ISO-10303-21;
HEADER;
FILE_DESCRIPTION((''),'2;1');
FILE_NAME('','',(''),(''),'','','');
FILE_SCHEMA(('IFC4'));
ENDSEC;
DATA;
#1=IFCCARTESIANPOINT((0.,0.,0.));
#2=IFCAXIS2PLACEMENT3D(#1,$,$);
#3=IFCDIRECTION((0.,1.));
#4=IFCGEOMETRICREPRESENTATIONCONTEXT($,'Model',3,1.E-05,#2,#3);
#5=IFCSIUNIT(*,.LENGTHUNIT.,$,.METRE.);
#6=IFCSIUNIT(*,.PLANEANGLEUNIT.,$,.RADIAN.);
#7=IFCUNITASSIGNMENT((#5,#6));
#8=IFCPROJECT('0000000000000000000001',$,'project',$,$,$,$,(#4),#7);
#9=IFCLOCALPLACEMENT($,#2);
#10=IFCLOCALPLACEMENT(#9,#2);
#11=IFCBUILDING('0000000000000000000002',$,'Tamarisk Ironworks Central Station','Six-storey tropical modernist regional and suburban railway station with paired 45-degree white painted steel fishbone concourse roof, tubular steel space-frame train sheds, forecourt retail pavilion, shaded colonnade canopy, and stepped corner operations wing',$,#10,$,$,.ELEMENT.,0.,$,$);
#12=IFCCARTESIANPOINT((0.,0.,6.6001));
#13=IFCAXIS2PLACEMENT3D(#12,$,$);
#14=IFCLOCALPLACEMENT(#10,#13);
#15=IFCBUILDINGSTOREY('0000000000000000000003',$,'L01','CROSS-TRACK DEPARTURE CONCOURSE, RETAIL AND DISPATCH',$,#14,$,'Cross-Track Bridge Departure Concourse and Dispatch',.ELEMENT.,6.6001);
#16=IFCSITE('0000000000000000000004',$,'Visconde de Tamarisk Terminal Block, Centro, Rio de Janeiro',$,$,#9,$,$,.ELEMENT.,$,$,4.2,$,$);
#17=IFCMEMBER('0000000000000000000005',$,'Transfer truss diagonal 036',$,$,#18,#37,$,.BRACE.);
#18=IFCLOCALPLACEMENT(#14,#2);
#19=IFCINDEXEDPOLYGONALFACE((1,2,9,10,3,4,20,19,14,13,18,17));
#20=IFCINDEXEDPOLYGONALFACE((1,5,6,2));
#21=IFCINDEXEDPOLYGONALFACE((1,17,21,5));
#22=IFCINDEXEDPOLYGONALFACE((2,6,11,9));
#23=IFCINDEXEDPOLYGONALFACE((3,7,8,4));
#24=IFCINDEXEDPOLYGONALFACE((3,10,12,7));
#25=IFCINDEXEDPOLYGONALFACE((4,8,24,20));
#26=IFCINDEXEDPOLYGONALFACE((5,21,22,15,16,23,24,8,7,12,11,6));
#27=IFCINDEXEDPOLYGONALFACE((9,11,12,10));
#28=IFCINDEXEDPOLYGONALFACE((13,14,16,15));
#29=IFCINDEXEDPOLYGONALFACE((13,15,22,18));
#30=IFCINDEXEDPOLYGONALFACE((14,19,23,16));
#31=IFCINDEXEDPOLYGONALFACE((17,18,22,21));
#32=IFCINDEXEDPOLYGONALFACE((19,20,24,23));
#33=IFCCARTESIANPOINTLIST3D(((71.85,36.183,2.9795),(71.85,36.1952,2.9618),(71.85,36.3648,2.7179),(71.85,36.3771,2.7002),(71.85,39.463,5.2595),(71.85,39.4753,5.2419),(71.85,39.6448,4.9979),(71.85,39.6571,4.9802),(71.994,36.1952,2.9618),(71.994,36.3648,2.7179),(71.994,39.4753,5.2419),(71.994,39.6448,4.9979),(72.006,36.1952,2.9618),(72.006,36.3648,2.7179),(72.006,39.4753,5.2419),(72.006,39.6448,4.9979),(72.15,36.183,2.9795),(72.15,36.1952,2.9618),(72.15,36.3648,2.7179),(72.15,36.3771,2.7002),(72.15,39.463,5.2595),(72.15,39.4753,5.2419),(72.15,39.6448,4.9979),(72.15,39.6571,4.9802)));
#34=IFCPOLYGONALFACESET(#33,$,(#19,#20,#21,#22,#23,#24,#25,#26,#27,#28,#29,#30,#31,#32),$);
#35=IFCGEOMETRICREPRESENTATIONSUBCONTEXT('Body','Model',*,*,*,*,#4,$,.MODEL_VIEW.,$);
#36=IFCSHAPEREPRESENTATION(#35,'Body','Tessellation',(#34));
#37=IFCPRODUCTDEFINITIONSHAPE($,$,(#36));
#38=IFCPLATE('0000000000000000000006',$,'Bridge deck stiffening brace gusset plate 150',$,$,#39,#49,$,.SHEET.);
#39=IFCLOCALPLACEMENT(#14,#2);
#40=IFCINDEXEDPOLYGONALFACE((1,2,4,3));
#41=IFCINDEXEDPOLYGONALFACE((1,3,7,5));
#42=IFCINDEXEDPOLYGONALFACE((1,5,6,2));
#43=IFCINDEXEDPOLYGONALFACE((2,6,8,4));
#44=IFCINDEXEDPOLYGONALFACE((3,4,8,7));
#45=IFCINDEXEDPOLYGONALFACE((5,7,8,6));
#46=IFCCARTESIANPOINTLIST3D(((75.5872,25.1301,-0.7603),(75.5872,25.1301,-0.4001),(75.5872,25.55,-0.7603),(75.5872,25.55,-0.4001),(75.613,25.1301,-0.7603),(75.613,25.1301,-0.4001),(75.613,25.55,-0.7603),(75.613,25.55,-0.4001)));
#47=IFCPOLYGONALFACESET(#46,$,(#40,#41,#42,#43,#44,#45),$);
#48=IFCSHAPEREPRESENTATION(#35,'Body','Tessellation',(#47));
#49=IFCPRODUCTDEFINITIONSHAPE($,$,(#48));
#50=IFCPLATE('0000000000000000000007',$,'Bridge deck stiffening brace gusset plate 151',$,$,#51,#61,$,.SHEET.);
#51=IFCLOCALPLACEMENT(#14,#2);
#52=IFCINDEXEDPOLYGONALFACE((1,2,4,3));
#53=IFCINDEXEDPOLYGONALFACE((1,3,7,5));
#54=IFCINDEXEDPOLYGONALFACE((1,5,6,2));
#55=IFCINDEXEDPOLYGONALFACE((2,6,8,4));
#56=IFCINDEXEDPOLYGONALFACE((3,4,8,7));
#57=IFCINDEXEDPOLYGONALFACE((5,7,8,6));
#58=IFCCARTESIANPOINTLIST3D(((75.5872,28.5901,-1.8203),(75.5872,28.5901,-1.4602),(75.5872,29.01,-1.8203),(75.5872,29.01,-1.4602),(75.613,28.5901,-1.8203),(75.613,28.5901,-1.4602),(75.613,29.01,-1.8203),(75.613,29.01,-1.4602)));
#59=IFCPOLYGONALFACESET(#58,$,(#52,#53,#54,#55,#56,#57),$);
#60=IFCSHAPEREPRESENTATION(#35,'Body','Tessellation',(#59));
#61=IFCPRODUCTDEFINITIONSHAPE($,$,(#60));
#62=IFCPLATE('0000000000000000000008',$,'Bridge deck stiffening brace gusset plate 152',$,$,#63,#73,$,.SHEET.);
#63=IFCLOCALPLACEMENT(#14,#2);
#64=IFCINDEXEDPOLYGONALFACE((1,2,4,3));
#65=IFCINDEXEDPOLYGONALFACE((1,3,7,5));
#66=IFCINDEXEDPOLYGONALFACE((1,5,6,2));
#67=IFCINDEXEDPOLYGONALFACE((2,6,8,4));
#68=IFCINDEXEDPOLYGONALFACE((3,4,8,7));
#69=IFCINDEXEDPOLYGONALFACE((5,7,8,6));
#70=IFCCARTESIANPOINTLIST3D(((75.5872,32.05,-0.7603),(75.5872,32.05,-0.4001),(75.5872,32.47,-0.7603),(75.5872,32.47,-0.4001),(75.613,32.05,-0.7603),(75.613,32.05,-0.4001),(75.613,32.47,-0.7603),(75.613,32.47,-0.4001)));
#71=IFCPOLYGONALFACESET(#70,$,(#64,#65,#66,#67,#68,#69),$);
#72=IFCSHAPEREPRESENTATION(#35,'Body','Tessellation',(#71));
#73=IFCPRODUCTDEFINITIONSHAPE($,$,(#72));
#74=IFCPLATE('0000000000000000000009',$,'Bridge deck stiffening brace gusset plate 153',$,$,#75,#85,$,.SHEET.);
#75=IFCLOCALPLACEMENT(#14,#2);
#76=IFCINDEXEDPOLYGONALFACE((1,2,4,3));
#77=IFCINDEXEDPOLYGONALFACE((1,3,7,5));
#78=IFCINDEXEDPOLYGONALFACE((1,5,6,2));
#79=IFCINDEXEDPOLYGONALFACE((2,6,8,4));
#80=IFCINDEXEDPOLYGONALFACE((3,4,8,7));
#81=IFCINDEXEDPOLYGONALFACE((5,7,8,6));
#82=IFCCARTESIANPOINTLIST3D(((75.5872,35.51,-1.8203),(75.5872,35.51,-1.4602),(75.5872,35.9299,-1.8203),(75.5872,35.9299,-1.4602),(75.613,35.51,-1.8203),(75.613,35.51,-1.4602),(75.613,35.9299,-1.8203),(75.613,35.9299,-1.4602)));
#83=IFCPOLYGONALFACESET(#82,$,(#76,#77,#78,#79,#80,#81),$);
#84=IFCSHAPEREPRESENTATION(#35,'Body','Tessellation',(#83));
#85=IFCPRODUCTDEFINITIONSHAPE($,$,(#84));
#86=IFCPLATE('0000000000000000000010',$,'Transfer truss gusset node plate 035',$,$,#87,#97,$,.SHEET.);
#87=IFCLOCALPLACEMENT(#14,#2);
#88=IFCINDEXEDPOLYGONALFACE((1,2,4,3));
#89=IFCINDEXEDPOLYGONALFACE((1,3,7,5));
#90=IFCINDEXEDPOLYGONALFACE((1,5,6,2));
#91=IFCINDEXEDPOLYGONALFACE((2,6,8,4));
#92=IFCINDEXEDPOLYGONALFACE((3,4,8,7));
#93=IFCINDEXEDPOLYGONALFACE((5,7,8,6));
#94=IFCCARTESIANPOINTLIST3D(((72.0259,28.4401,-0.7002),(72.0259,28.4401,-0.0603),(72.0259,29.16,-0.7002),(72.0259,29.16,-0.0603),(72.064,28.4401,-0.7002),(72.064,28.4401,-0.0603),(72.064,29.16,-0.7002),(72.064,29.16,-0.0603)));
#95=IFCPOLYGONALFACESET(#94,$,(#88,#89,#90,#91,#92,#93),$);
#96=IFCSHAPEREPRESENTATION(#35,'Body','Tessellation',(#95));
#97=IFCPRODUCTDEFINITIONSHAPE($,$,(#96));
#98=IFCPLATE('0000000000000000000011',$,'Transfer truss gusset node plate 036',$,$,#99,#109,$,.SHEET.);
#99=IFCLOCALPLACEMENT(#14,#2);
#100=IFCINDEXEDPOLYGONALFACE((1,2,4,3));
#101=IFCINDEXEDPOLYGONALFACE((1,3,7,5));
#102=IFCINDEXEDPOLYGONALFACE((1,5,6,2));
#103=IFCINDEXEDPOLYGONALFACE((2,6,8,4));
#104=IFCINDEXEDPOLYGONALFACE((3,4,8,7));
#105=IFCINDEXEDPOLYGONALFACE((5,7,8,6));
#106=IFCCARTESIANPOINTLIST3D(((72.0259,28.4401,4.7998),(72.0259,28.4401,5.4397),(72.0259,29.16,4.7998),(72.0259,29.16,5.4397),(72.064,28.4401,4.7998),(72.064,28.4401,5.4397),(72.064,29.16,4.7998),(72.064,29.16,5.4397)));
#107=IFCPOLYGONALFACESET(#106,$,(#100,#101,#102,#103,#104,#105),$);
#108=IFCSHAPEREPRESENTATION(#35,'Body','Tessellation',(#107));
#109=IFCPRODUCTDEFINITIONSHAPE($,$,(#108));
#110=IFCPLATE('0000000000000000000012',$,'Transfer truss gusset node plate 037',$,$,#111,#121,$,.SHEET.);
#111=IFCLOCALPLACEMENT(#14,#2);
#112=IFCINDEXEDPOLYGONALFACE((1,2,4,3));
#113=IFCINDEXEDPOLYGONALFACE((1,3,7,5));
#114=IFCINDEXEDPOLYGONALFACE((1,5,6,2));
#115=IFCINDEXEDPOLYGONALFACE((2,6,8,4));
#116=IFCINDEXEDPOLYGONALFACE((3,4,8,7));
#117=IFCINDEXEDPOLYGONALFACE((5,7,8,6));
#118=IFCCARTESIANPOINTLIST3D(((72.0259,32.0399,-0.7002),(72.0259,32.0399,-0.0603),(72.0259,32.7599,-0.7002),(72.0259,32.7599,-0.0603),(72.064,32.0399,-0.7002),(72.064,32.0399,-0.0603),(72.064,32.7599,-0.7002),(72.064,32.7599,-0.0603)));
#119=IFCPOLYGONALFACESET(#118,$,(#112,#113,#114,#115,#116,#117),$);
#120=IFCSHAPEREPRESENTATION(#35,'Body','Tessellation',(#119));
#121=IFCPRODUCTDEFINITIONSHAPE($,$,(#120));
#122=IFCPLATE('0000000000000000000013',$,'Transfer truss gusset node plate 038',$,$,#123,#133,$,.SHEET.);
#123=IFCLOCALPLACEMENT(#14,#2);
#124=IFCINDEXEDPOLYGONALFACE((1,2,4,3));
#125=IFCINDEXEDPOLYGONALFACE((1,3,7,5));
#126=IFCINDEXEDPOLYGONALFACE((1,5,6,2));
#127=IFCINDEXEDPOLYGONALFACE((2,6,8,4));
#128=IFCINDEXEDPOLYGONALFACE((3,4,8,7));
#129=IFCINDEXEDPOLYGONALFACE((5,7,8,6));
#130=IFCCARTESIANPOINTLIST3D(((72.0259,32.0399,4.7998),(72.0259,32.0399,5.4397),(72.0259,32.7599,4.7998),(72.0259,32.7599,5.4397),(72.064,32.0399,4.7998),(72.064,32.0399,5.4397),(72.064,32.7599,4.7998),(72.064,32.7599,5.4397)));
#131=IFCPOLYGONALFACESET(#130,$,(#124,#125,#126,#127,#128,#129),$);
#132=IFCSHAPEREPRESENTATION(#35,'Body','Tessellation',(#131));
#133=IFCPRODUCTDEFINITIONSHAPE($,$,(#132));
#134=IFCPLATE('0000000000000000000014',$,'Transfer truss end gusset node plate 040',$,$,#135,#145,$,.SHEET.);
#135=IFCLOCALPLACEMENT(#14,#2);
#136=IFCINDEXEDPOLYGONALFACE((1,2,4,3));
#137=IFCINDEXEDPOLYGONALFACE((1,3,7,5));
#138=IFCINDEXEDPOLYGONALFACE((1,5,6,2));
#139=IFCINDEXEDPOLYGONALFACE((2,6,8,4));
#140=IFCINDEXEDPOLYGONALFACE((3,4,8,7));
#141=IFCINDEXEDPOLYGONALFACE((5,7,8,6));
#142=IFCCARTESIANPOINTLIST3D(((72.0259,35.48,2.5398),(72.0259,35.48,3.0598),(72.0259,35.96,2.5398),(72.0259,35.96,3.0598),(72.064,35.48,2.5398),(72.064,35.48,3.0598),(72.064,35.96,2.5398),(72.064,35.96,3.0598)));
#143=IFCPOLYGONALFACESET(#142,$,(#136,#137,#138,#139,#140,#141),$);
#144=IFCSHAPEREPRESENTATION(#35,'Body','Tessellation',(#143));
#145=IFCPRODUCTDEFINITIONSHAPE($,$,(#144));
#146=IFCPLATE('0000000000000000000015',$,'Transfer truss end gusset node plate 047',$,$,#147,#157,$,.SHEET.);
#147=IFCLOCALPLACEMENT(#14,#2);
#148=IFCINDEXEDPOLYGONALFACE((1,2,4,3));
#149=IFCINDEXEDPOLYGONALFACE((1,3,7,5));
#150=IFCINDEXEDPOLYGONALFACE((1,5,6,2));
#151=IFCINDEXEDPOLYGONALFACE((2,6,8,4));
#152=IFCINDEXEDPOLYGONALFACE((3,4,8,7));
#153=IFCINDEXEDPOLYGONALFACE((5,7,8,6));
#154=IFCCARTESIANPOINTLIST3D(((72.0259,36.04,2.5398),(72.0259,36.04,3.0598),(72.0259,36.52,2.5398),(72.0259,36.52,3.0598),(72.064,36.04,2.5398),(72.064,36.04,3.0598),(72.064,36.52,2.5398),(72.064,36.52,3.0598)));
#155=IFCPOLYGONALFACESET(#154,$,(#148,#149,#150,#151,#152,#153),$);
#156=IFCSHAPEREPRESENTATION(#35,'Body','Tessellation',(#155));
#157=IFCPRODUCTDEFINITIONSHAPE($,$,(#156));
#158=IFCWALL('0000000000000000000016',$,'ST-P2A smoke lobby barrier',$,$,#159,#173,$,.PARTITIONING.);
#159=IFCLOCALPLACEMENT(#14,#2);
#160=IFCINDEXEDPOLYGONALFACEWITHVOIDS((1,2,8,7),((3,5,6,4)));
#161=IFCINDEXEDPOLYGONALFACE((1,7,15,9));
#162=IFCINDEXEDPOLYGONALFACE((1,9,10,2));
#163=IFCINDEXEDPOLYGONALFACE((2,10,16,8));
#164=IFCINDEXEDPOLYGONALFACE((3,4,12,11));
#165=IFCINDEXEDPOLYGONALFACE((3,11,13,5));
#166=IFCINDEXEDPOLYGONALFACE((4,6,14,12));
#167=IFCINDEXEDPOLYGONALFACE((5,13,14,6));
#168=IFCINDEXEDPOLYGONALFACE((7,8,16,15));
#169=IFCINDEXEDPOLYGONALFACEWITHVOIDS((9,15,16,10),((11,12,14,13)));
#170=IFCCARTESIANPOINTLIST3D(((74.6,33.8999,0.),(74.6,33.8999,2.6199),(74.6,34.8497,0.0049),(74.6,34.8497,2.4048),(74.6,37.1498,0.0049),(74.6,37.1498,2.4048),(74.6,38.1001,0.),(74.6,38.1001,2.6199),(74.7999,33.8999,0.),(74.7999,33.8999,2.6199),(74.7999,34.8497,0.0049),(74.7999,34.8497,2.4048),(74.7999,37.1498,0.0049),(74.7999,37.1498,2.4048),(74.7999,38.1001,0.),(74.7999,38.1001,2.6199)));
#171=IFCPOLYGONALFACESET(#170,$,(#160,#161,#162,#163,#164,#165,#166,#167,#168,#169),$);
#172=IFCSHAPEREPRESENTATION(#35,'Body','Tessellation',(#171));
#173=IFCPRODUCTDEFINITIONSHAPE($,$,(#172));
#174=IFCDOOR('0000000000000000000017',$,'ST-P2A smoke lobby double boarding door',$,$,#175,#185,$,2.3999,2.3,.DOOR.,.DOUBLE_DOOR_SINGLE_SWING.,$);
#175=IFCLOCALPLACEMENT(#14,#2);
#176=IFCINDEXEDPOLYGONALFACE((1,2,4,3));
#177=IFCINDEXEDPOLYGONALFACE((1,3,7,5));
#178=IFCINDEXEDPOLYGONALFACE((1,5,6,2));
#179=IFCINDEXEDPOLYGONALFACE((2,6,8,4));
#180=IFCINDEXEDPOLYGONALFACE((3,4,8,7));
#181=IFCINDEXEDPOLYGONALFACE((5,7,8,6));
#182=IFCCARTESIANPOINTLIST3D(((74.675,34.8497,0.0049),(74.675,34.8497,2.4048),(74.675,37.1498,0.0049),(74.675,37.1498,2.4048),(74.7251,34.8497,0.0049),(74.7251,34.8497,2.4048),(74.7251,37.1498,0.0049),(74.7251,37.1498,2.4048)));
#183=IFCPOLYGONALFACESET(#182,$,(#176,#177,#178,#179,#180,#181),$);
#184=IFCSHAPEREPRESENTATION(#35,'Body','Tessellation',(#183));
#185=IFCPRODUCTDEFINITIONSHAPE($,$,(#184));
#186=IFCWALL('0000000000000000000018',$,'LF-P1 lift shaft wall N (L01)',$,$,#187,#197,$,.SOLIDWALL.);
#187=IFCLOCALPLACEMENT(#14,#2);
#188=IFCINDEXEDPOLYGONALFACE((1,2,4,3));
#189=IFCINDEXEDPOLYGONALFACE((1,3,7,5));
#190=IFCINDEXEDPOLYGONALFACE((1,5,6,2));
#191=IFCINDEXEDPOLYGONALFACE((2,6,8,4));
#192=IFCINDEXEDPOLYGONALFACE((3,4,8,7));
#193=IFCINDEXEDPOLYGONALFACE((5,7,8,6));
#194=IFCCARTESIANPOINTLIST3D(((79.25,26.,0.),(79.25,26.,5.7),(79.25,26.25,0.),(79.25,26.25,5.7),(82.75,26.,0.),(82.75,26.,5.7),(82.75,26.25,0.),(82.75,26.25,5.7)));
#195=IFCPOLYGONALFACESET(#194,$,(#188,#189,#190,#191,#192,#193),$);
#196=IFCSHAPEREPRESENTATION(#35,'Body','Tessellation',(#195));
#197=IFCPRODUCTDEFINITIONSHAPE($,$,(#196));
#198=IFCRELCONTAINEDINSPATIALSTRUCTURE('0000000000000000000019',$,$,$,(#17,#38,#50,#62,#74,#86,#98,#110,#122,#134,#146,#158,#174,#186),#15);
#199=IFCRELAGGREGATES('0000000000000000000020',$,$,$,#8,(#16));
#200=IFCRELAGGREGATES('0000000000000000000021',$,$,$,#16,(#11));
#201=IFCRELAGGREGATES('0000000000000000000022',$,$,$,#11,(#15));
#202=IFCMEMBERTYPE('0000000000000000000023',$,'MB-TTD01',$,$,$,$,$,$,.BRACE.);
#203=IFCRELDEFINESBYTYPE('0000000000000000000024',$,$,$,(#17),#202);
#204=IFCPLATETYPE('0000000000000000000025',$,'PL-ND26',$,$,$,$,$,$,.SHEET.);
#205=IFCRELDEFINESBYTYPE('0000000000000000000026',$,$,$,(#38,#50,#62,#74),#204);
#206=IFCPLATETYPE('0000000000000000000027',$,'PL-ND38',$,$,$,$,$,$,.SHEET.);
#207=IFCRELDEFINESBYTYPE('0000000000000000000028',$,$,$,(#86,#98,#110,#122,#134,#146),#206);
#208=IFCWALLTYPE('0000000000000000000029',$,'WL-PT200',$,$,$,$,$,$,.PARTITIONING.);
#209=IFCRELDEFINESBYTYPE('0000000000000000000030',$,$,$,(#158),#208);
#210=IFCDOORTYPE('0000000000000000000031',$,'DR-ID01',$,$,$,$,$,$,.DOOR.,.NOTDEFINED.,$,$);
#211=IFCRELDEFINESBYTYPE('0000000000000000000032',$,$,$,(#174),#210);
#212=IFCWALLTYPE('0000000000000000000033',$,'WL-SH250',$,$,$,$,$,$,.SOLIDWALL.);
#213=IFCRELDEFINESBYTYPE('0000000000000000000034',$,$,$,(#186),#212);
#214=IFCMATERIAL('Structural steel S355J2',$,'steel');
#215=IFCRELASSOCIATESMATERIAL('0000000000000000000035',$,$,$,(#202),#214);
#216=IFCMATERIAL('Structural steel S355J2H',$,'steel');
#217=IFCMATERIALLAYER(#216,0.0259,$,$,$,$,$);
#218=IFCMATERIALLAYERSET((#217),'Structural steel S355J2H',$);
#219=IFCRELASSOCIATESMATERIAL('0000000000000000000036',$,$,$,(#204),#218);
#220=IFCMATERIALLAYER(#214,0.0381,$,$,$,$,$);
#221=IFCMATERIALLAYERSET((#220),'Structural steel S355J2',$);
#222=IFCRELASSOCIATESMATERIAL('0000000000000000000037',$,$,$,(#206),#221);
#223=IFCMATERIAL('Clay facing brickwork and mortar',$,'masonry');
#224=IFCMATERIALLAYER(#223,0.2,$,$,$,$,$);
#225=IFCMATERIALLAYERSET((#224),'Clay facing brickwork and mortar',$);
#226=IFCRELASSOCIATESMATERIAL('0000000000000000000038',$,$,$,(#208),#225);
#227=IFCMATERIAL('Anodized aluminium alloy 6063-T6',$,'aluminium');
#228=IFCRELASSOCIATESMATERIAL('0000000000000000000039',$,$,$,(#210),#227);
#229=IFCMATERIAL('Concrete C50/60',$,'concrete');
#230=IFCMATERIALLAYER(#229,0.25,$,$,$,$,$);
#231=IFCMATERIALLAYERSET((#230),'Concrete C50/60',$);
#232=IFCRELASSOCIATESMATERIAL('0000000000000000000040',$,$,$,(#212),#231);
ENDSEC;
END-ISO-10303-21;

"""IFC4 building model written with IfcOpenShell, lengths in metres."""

from ifc_helpers import new_model, si_unit, direction, frame, frame_2d, origin, origin_2d, place, context, subcontext, project, spatial, rectangle, i_section, extrude, material, layer, layer_set, material_profile, profile_set, type_object, element, fill, save


model = new_model("IFC4")

# Units and contexts
model_context = context("Model", 3, precision=1e-05, world=origin(), true_north=direction((0.0, 1.0)))
body_context = subcontext(model_context, "Body", "Model", "MODEL_VIEW")
ifc_project = project(units=[si_unit("LENGTHUNIT", "METRE"), si_unit("PLANEANGLEUNIT", "RADIAN")], contexts=[model_context])

# Site, building, storey
site_placement = place(None, origin())
site = spatial("IfcSite", under=ifc_project, at=site_placement, Name="Visconde de Tamarisk Terminal Block, Centro, Rio de Janeiro", CompositionType="ELEMENT", RefElevation=4.2)
building_placement = place(site_placement, origin())
building = spatial("IfcBuilding", under=site, at=building_placement, Name="Tamarisk Ironworks Central Station", Description="Six-storey tropical modernist regional and suburban railway station with paired 45-degree white painted steel fishbone concourse roof, tubular steel space-frame train sheds, forecourt retail pavilion, shaded colonnade canopy, and stepped corner operations wing", CompositionType="ELEMENT", ElevationOfRefHeight=0.0)
storey_placement = place(building_placement, frame((0.0, 0.0, 6.6001)))
storey = spatial("IfcBuildingStorey", under=building, at=storey_placement, Name="L01", Description="CROSS-TRACK DEPARTURE CONCOURSE, RETAIL AND DISPATCH", LongName="Cross-Track Bridge Departure Concourse and Dispatch", CompositionType="ELEMENT", Elevation=6.6001)

# Shared definitions
ifc_material_1 = material(Name="Structural steel S355J2", Category="steel")

# Member
ifc_material_2 = material(Name="Structural steel S355J2H", Category="steel")
ifc_material_profile_1 = material_profile(ifc_material_1, i_section(OverallWidth=0.3, OverallDepth=0.3401, WebThickness=0.012, FlangeThickness=0.0215, at=origin_2d()), Name="HEB 340")
ifc_profile_set_1 = profile_set([ifc_material_profile_1], Name="Structural steel S355J2")
member_type_1 = type_object("IfcMemberType", Name="MB-TTD01", PredefinedType="BRACE", material=ifc_profile_set_1)
member_placement = place(storey_placement, frame((72.0, 36.28, 2.8398), z_axis=(0.0, 0.821108, 0.570773), x_axis=(-1.0, 0.0, 0.0)))
element("IfcMember", 1, at=member_placement, inside=storey, type_object=member_type_1, Name="Transfer truss diagonal 036", PredefinedType="BRACE", context=body_context, shape_type="SweptSolid", body=[
    extrude(i_section(OverallWidth=0.3, OverallDepth=0.3401, WebThickness=0.012, FlangeThickness=0.0215, at=origin_2d()), origin(), (0.0, 0.0, 1.0), 3.9946),
])

# Plates
ifc_layer_1 = layer(ifc_material_2, 0.0259)
ifc_layer_set_1 = layer_set([ifc_layer_1], Name="Structural steel S355J2H")
plate_type_1 = type_object("IfcPlateType", Name="PL-ND26", PredefinedType="SHEET", material=ifc_layer_set_1)
for number, where, z_axis, x_axis, name in (
    (2, (75.6001, 25.3401, -0.7603), (0.0, 0.0, 1.0), (1.0, 0.0, 0.0), "Bridge deck stiffening brace gusset plate 150"),
    (3, (75.6001, 28.8, -1.8203), (0.0, 0.0, 1.0), (1.0, 0.0, 0.0), "Bridge deck stiffening brace gusset plate 151"),
    (4, (75.6001, 32.26, -0.7603), (0.0, 0.0, 1.0), (1.0, 0.0, 0.0), "Bridge deck stiffening brace gusset plate 152"),
    (5, (75.6001, 35.72, -1.8203), (0.0, 0.0, 1.0), (1.0, 0.0, 0.0), "Bridge deck stiffening brace gusset plate 153"),
):
    element("IfcPlate", number, at=place(storey_placement, frame(where, z_axis=z_axis, x_axis=x_axis)), inside=storey, type_object=plate_type_1, Name=name, PredefinedType="SHEET", context=body_context, shape_type="SweptSolid", body=[
        extrude(rectangle(XDim=0.0259, YDim=0.4199, at=origin_2d()), origin(), (0.0, 0.0, 1.0), 0.3601),
    ])
ifc_layer_2 = layer(ifc_material_1, 0.0381)
ifc_layer_set_2 = layer_set([ifc_layer_2], Name="Structural steel S355J2")
plate_type_2 = type_object("IfcPlateType", Name="PL-ND38", PredefinedType="SHEET", material=ifc_layer_set_2)
for number, where, z_axis, x_axis, name in (
    (6, (72.0449, 28.8, -0.7002), (0.0, 0.0, 1.0), (1.0, 0.0, 0.0), "Transfer truss gusset node plate 035"),
    (7, (72.0449, 28.8, 4.7998), (0.0, 0.0, 1.0), (1.0, 0.0, 0.0), "Transfer truss gusset node plate 036"),
    (8, (72.0449, 32.3999, -0.7002), (0.0, 0.0, 1.0), (1.0, 0.0, 0.0), "Transfer truss gusset node plate 037"),
    (9, (72.0449, 32.3999, 4.7998), (0.0, 0.0, 1.0), (1.0, 0.0, 0.0), "Transfer truss gusset node plate 038"),
):
    element("IfcPlate", number, at=place(storey_placement, frame(where, z_axis=z_axis, x_axis=x_axis)), inside=storey, type_object=plate_type_2, Name=name, PredefinedType="SHEET", context=body_context, shape_type="SweptSolid", body=[
        extrude(rectangle(XDim=0.0381, YDim=0.72, at=origin_2d()), origin(), (0.0, 0.0, 1.0), 0.6399),
    ])
for number, where, z_axis, x_axis, name in (
    (10, (72.0449, 35.72, 2.5398), (0.0, 0.0, 1.0), (1.0, 0.0, 0.0), "Transfer truss end gusset node plate 040"),
    (11, (72.0449, 36.28, 2.5398), (0.0, 0.0, 1.0), (1.0, 0.0, 0.0), "Transfer truss end gusset node plate 047"),
):
    element("IfcPlate", number, at=place(storey_placement, frame(where, z_axis=z_axis, x_axis=x_axis)), inside=storey, type_object=plate_type_2, Name=name, PredefinedType="SHEET", context=body_context, shape_type="SweptSolid", body=[
        extrude(rectangle(XDim=0.0381, YDim=0.48, at=origin_2d()), origin(), (0.0, 0.0, 1.0), 0.52),
    ])

# Wall, opening, door
ifc_material_3 = material(Name="Clay facing brickwork and mortar", Category="masonry")
ifc_layer_3 = layer(ifc_material_3, 0.2)
ifc_layer_set_3 = layer_set([ifc_layer_3], Name="Clay facing brickwork and mortar")
wall_type_1 = type_object("IfcWallType", Name="WL-PT200", PredefinedType="PARTITIONING", material=ifc_layer_set_3)
wall_1_placement = place(storey_placement, frame((74.7, 33.8999, 0.0), z_axis=(0.0, 0.0, 1.0), x_axis=(0.0, 1.0, 0.0)))
wall_1 = element("IfcWall", 12, at=wall_1_placement, inside=storey, type_object=wall_type_1, Name="ST-P2A smoke lobby barrier", PredefinedType="PARTITIONING", context=body_context, shape_type="SweptSolid", body=[
    extrude(rectangle(XDim=4.2002, YDim=0.2, at=frame_2d((2.1001, 0.0))), origin(), (0.0, 0.0, 1.0), 2.6199),
])
opening_placement = place(wall_1_placement, frame((0.95, 0.0, 0.0049)))
opening = element("IfcOpeningElement", 13, at=opening_placement, cuts=wall_1, PredefinedType="OPENING", context=body_context, shape_type="SweptSolid", body=[
    extrude(rectangle(XDim=2.3, YDim=2.3999, at=frame_2d((1.1499, 1.2))), frame((0.0, 0.1118, 0.0), z_axis=(0.0, -1.0, 0.0), x_axis=(1.0, 0.0, 0.0)), (0.0, 0.0, 1.0), 0.2239),
])
ifc_material_4 = material(Name="Anodized aluminium alloy 6063-T6", Category="aluminium")
door_type = type_object("IfcDoorType", Name="DR-ID01", OperationType="NOTDEFINED", PredefinedType="DOOR", material=ifc_material_4)
door_placement = place(opening_placement, origin())
door = element("IfcDoor", 14, at=door_placement, inside=storey, type_object=door_type, Name="ST-P2A smoke lobby double boarding door", OperationType="DOUBLE_DOOR_SINGLE_SWING", OverallHeight=2.3999, OverallWidth=2.3, PredefinedType="DOOR", context=body_context, shape_type="SweptSolid", body=[
    extrude(rectangle(XDim=2.3, YDim=2.3999, at=frame_2d((1.1499, 1.2))), frame((0.0, 0.0249, 0.0), z_axis=(0.0, -1.0, 0.0), x_axis=(1.0, 0.0, 0.0)), (0.0, 0.0, 1.0), 0.05),
])
fill(opening, door)

# Wall
ifc_material_5 = material(Name="Concrete C50/60", Category="concrete")
ifc_layer_4 = layer(ifc_material_5, 0.25)
ifc_layer_set_4 = layer_set([ifc_layer_4], Name="Concrete C50/60")
wall_type_2 = type_object("IfcWallType", Name="WL-SH250", PredefinedType="SOLIDWALL", material=ifc_layer_set_4)
for number, where, z_axis, x_axis, name in (
    (15, (79.25, 26.125, 0.0), (0.0, 0.0, 1.0), (1.0, 0.0, 0.0), "LF-P1 lift shaft wall N (L01)"),
):
    element("IfcWall", number, at=place(storey_placement, frame(where, z_axis=z_axis, x_axis=x_axis)), inside=storey, type_object=wall_type_2, Name=name, PredefinedType="SOLIDWALL", context=body_context, shape_type="SweptSolid", body=[
        extrude(rectangle(XDim=3.5, YDim=0.25, at=frame_2d((1.75, 0.0))), origin(), (0.0, 0.0, 1.0), 5.7),
    ])

save(model, "model.ifc")
